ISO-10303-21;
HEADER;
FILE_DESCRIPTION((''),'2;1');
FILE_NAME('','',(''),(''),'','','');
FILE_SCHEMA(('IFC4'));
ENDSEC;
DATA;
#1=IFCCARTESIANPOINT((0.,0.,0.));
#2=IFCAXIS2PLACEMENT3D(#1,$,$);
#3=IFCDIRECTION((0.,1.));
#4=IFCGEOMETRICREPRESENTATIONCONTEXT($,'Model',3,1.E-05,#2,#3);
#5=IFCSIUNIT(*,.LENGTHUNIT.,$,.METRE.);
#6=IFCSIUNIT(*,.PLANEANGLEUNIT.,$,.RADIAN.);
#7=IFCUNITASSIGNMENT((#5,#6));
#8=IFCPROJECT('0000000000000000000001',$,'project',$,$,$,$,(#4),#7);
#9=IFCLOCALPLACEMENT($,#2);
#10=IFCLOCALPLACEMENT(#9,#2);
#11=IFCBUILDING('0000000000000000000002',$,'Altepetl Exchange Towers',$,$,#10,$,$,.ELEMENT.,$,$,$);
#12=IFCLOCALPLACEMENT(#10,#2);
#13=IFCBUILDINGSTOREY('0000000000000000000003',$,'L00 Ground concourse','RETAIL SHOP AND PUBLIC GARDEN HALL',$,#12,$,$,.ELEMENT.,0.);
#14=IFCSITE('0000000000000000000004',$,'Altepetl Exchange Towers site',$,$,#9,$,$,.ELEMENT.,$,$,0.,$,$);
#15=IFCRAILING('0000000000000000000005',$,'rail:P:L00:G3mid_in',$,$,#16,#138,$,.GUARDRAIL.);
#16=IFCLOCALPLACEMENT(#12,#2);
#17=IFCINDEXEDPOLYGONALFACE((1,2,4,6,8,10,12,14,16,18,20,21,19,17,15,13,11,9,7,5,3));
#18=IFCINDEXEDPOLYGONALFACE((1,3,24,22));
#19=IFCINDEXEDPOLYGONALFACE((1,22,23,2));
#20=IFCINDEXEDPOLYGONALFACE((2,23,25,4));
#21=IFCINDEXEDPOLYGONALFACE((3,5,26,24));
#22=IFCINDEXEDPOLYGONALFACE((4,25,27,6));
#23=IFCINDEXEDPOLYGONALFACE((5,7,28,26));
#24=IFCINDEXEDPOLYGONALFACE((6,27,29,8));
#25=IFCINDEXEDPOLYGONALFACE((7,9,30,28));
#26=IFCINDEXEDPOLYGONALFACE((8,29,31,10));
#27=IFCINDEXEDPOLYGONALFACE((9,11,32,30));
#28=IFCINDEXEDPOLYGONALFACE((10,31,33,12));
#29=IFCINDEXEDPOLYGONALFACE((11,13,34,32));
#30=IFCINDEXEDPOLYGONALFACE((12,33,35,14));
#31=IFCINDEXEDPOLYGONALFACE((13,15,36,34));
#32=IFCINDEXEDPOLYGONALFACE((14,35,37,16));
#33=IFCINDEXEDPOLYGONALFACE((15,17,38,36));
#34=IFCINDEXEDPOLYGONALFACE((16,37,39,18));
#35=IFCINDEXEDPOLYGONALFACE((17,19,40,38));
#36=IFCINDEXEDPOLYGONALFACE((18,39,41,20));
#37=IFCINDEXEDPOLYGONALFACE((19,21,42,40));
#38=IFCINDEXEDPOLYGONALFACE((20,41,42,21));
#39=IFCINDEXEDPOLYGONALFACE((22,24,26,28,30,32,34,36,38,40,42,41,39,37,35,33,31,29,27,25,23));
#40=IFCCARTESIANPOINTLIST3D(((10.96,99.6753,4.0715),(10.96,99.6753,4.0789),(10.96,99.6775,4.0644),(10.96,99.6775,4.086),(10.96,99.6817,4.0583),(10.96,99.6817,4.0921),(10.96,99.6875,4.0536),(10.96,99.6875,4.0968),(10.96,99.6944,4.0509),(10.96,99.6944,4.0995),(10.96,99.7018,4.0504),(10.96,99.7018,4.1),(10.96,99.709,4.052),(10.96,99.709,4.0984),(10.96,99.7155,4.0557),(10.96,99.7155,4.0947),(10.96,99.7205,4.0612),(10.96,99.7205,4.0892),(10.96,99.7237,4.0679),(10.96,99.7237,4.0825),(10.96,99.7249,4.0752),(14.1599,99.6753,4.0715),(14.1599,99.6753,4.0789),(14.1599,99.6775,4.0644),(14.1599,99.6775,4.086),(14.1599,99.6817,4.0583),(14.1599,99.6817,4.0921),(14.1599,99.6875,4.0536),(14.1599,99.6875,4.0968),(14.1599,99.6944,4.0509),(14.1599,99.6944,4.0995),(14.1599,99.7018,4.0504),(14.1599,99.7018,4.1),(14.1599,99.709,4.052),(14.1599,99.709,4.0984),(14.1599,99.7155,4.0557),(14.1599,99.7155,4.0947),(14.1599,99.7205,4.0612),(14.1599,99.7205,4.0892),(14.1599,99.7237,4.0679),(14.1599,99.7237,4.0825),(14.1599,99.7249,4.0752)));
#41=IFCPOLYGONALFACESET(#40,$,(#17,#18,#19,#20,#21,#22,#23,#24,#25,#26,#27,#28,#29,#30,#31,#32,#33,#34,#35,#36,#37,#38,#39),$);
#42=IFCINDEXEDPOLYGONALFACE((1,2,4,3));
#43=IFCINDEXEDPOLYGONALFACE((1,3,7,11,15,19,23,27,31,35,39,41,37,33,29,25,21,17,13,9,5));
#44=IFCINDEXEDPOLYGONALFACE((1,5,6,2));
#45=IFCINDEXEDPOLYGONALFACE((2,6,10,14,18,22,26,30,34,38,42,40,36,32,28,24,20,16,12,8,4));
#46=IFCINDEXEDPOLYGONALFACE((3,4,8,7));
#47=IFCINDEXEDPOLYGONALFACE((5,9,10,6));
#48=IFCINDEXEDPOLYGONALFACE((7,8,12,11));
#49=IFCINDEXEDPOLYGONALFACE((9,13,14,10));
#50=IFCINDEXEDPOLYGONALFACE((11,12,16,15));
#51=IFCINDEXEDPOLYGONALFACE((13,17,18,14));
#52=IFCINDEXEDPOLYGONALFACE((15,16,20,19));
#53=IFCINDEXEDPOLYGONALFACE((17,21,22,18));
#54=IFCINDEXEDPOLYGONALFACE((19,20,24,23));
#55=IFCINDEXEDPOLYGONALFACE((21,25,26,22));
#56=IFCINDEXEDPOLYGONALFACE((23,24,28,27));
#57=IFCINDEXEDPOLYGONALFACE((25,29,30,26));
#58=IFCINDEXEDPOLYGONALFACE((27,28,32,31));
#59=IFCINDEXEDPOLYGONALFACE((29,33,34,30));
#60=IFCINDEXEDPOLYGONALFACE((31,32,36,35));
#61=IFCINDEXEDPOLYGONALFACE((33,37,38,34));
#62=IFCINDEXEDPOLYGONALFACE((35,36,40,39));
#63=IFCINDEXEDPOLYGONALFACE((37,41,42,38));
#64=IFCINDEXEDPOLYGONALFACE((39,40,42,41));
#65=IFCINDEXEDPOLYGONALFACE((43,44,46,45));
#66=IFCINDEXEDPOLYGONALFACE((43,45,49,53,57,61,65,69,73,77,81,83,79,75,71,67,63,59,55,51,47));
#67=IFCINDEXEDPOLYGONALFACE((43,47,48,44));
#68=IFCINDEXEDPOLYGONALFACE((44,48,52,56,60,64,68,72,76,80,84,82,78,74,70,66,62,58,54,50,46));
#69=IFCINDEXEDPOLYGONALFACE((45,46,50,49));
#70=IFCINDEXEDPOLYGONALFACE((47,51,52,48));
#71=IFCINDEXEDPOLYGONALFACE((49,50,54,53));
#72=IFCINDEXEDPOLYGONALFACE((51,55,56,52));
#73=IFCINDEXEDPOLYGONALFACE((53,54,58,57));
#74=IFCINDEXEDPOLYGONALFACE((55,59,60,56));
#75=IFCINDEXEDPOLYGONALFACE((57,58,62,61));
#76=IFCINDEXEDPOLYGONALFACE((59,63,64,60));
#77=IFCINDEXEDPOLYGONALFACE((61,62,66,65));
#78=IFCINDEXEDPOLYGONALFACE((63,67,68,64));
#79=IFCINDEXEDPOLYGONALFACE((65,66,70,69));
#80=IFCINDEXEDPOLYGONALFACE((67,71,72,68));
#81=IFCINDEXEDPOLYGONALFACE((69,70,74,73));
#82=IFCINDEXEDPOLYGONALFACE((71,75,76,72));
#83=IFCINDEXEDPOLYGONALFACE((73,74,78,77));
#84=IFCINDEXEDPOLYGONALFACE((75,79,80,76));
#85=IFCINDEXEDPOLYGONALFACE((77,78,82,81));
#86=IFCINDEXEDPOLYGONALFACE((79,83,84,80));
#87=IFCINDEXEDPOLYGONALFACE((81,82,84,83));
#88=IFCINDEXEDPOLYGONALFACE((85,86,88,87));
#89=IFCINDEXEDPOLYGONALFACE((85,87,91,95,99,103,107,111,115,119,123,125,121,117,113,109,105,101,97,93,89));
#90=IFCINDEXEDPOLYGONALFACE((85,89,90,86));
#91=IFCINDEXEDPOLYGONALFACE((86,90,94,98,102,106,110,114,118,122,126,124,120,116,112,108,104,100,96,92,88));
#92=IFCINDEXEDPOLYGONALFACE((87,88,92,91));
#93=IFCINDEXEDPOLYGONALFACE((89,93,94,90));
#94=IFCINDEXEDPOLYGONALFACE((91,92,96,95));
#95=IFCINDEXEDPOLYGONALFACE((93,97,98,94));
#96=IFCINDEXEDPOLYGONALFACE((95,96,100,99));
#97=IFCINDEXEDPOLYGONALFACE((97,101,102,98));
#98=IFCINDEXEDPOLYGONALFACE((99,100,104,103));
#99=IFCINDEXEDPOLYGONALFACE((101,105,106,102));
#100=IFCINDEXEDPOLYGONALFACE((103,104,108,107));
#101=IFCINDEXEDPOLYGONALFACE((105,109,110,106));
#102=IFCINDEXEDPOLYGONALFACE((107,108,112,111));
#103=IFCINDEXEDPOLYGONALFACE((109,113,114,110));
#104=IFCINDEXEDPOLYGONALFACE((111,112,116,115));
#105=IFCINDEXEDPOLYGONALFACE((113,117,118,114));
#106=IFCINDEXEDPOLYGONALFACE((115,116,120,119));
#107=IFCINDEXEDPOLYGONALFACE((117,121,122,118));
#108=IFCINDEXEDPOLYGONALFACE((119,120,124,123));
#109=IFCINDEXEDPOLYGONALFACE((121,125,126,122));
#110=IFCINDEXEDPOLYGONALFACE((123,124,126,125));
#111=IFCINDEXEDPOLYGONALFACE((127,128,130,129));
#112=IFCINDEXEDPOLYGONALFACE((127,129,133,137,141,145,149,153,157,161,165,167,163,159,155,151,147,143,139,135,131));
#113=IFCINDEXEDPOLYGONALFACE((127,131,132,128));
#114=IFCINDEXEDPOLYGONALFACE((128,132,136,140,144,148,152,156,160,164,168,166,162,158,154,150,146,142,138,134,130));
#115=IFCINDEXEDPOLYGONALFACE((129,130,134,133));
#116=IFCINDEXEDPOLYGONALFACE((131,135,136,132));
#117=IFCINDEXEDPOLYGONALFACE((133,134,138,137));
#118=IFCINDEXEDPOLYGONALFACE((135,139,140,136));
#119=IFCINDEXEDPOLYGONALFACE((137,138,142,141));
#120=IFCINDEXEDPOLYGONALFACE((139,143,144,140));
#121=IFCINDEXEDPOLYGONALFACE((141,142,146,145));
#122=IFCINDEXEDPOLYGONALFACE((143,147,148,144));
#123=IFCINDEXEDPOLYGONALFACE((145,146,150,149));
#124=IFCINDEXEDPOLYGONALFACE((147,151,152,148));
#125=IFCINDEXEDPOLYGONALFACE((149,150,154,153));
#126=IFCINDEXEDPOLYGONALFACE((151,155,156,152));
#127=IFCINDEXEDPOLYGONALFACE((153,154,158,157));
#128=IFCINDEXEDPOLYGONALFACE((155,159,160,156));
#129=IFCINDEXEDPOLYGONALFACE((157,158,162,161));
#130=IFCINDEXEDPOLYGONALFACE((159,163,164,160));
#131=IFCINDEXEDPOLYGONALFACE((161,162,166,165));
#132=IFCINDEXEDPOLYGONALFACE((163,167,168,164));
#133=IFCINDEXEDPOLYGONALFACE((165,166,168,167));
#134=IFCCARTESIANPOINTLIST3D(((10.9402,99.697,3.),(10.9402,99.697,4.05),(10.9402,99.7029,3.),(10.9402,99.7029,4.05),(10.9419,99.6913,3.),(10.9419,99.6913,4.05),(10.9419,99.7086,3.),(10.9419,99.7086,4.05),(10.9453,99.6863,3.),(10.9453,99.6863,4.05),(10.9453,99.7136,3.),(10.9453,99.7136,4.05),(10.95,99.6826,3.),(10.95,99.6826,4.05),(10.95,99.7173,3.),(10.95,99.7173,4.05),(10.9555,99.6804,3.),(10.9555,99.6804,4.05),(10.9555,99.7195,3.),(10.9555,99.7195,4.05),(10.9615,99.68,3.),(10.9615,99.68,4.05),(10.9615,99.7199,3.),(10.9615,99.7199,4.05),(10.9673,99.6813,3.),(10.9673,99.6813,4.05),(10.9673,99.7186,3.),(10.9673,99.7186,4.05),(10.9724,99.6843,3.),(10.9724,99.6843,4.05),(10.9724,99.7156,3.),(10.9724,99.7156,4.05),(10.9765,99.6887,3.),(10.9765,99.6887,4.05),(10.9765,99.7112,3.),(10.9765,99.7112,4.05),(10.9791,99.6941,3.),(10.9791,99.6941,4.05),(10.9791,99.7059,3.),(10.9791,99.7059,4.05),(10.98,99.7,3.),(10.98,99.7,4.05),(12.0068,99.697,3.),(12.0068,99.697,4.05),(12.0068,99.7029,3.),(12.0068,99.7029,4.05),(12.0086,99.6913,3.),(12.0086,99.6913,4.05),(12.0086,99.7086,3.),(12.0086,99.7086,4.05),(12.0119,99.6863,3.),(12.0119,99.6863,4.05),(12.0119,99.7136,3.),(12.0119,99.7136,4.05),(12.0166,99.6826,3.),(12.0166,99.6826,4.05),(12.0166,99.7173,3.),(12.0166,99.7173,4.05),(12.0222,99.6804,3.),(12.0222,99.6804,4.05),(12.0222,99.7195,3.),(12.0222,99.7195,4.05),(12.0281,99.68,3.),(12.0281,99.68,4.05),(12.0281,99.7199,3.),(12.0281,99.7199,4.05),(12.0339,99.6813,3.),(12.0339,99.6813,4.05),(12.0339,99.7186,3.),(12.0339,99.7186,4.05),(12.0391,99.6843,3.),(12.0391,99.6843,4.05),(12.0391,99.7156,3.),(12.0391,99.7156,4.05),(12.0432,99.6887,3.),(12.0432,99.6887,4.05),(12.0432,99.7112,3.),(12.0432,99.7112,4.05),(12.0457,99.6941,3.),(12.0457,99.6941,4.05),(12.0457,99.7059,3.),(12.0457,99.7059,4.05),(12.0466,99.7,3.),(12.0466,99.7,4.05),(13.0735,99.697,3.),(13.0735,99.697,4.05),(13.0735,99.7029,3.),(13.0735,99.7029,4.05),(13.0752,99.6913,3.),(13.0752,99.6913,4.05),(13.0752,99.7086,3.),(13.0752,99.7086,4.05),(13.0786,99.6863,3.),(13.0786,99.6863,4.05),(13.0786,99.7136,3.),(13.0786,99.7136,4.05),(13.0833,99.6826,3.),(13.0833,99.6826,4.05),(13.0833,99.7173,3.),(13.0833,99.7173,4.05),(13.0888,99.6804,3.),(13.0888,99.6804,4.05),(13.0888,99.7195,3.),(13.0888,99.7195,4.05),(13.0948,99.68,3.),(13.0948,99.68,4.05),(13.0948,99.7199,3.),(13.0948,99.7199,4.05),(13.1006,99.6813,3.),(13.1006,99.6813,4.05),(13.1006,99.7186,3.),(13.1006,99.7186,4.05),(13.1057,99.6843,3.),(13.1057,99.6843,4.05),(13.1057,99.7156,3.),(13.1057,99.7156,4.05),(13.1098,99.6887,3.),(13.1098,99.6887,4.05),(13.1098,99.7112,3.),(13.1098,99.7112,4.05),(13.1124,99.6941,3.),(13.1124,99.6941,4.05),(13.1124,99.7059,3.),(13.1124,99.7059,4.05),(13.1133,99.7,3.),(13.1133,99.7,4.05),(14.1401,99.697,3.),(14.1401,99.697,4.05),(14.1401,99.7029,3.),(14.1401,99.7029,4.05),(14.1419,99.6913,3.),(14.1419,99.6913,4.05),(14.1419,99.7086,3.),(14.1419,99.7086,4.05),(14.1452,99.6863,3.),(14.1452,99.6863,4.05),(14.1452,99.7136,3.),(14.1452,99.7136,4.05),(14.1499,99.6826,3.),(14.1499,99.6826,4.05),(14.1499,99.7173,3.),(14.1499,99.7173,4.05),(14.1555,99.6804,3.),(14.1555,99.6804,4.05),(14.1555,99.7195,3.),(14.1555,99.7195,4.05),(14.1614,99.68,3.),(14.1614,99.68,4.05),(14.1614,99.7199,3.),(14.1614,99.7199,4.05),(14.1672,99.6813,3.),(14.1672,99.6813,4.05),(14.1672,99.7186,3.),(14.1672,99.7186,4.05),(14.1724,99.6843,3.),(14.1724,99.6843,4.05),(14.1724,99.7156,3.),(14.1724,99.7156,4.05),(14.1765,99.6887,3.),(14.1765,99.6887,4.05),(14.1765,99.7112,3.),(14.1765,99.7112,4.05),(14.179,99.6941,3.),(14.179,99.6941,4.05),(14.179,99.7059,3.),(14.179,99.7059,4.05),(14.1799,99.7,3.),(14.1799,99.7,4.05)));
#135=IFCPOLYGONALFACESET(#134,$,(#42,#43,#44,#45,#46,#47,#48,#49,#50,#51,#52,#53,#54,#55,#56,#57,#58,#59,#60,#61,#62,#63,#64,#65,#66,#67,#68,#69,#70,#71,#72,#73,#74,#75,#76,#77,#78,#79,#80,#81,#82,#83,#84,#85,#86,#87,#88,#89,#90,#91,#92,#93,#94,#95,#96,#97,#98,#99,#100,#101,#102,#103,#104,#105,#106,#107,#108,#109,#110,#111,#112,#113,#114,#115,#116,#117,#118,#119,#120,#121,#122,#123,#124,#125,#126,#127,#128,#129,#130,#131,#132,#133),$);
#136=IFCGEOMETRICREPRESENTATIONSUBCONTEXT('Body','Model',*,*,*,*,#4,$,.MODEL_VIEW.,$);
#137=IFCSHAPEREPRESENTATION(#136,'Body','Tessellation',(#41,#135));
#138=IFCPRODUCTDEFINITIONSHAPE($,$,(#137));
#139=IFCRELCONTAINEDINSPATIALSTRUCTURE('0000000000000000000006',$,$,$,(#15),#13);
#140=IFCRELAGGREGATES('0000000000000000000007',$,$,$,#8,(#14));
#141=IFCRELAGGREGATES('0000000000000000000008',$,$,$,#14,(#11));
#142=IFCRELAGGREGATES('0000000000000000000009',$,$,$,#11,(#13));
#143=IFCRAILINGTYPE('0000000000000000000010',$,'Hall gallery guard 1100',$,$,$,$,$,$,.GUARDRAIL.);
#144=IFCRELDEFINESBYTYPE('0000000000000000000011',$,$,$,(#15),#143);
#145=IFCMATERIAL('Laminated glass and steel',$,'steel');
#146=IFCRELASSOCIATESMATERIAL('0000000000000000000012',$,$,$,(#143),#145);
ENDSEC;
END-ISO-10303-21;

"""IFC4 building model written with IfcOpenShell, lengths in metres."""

from ifc_helpers import new_model, si_unit, direction, frame, origin, origin_2d, place, context, subcontext, project, spatial, circle, extrude, source, transform, mapped, material, type_object, element, save


model = new_model("IFC4")

# Units and contexts
model_context = context("Model", 3, precision=1e-05, world=origin(), true_north=direction((0.0, 1.0)))
body_context = subcontext(model_context, "Body", "Model", "MODEL_VIEW")
ifc_project = project(units=[si_unit("LENGTHUNIT", "METRE"), si_unit("PLANEANGLEUNIT", "RADIAN")], contexts=[model_context])

# Site, building, storey
site_placement = place(None, origin())
site = spatial("IfcSite", under=ifc_project, at=site_placement, Name="Altepetl Exchange Towers site", CompositionType="ELEMENT", RefElevation=0.0)
building_placement = place(site_placement, origin())
building = spatial("IfcBuilding", under=site, at=building_placement, Name="Altepetl Exchange Towers", CompositionType="ELEMENT")
storey_placement = place(building_placement, origin())
storey = spatial("IfcBuildingStorey", under=building, at=storey_placement, Name="L00 Ground concourse", Description="RETAIL SHOP AND PUBLIC GARDEN HALL", CompositionType="ELEMENT", Elevation=0.0)

# Railing
ifc_material_1 = material(Name="Laminated glass and steel", Category="steel")
railing_type_1 = type_object("IfcRailingType", Name="Hall gallery guard 1100", PredefinedType="GUARDRAIL", material=ifc_material_1)
shared_shape_1 = source(origin(), body_context, "Body", "SweptSolid", [
    extrude(circle(Radius=0.02, at=origin_2d()), origin(), (0.0, 0.0, 1.0), 1.05),
])
for number, where, name in (
    (1, (10.96, 99.7, 3.0), "rail:P:L00:G3mid_in"),
):
    element("IfcRailing", number, at=place(storey_placement, frame(where)), inside=storey, type_object=railing_type_1, Name=name, PredefinedType="GUARDRAIL", context=body_context, shape_type="SweptSolid", body=[
        extrude(circle(Radius=0.0249, at=origin_2d()), frame((0.0, 0.0, 1.0752), z_axis=(1.0, 0.0, 0.0), x_axis=(0.0, 1.0, 0.0)), (0.0, 0.0, 1.0), 3.2),
        mapped(shared_shape_1, transform((0.0, 0.0, 0.0))),
        mapped(shared_shape_1, transform((1.0667, 0.0, 0.0))),
        mapped(shared_shape_1, transform((2.1333, 0.0, 0.0))),
        mapped(shared_shape_1, transform((3.2, 0.0, 0.0))),
    ])

save(model, "model.ifc")
